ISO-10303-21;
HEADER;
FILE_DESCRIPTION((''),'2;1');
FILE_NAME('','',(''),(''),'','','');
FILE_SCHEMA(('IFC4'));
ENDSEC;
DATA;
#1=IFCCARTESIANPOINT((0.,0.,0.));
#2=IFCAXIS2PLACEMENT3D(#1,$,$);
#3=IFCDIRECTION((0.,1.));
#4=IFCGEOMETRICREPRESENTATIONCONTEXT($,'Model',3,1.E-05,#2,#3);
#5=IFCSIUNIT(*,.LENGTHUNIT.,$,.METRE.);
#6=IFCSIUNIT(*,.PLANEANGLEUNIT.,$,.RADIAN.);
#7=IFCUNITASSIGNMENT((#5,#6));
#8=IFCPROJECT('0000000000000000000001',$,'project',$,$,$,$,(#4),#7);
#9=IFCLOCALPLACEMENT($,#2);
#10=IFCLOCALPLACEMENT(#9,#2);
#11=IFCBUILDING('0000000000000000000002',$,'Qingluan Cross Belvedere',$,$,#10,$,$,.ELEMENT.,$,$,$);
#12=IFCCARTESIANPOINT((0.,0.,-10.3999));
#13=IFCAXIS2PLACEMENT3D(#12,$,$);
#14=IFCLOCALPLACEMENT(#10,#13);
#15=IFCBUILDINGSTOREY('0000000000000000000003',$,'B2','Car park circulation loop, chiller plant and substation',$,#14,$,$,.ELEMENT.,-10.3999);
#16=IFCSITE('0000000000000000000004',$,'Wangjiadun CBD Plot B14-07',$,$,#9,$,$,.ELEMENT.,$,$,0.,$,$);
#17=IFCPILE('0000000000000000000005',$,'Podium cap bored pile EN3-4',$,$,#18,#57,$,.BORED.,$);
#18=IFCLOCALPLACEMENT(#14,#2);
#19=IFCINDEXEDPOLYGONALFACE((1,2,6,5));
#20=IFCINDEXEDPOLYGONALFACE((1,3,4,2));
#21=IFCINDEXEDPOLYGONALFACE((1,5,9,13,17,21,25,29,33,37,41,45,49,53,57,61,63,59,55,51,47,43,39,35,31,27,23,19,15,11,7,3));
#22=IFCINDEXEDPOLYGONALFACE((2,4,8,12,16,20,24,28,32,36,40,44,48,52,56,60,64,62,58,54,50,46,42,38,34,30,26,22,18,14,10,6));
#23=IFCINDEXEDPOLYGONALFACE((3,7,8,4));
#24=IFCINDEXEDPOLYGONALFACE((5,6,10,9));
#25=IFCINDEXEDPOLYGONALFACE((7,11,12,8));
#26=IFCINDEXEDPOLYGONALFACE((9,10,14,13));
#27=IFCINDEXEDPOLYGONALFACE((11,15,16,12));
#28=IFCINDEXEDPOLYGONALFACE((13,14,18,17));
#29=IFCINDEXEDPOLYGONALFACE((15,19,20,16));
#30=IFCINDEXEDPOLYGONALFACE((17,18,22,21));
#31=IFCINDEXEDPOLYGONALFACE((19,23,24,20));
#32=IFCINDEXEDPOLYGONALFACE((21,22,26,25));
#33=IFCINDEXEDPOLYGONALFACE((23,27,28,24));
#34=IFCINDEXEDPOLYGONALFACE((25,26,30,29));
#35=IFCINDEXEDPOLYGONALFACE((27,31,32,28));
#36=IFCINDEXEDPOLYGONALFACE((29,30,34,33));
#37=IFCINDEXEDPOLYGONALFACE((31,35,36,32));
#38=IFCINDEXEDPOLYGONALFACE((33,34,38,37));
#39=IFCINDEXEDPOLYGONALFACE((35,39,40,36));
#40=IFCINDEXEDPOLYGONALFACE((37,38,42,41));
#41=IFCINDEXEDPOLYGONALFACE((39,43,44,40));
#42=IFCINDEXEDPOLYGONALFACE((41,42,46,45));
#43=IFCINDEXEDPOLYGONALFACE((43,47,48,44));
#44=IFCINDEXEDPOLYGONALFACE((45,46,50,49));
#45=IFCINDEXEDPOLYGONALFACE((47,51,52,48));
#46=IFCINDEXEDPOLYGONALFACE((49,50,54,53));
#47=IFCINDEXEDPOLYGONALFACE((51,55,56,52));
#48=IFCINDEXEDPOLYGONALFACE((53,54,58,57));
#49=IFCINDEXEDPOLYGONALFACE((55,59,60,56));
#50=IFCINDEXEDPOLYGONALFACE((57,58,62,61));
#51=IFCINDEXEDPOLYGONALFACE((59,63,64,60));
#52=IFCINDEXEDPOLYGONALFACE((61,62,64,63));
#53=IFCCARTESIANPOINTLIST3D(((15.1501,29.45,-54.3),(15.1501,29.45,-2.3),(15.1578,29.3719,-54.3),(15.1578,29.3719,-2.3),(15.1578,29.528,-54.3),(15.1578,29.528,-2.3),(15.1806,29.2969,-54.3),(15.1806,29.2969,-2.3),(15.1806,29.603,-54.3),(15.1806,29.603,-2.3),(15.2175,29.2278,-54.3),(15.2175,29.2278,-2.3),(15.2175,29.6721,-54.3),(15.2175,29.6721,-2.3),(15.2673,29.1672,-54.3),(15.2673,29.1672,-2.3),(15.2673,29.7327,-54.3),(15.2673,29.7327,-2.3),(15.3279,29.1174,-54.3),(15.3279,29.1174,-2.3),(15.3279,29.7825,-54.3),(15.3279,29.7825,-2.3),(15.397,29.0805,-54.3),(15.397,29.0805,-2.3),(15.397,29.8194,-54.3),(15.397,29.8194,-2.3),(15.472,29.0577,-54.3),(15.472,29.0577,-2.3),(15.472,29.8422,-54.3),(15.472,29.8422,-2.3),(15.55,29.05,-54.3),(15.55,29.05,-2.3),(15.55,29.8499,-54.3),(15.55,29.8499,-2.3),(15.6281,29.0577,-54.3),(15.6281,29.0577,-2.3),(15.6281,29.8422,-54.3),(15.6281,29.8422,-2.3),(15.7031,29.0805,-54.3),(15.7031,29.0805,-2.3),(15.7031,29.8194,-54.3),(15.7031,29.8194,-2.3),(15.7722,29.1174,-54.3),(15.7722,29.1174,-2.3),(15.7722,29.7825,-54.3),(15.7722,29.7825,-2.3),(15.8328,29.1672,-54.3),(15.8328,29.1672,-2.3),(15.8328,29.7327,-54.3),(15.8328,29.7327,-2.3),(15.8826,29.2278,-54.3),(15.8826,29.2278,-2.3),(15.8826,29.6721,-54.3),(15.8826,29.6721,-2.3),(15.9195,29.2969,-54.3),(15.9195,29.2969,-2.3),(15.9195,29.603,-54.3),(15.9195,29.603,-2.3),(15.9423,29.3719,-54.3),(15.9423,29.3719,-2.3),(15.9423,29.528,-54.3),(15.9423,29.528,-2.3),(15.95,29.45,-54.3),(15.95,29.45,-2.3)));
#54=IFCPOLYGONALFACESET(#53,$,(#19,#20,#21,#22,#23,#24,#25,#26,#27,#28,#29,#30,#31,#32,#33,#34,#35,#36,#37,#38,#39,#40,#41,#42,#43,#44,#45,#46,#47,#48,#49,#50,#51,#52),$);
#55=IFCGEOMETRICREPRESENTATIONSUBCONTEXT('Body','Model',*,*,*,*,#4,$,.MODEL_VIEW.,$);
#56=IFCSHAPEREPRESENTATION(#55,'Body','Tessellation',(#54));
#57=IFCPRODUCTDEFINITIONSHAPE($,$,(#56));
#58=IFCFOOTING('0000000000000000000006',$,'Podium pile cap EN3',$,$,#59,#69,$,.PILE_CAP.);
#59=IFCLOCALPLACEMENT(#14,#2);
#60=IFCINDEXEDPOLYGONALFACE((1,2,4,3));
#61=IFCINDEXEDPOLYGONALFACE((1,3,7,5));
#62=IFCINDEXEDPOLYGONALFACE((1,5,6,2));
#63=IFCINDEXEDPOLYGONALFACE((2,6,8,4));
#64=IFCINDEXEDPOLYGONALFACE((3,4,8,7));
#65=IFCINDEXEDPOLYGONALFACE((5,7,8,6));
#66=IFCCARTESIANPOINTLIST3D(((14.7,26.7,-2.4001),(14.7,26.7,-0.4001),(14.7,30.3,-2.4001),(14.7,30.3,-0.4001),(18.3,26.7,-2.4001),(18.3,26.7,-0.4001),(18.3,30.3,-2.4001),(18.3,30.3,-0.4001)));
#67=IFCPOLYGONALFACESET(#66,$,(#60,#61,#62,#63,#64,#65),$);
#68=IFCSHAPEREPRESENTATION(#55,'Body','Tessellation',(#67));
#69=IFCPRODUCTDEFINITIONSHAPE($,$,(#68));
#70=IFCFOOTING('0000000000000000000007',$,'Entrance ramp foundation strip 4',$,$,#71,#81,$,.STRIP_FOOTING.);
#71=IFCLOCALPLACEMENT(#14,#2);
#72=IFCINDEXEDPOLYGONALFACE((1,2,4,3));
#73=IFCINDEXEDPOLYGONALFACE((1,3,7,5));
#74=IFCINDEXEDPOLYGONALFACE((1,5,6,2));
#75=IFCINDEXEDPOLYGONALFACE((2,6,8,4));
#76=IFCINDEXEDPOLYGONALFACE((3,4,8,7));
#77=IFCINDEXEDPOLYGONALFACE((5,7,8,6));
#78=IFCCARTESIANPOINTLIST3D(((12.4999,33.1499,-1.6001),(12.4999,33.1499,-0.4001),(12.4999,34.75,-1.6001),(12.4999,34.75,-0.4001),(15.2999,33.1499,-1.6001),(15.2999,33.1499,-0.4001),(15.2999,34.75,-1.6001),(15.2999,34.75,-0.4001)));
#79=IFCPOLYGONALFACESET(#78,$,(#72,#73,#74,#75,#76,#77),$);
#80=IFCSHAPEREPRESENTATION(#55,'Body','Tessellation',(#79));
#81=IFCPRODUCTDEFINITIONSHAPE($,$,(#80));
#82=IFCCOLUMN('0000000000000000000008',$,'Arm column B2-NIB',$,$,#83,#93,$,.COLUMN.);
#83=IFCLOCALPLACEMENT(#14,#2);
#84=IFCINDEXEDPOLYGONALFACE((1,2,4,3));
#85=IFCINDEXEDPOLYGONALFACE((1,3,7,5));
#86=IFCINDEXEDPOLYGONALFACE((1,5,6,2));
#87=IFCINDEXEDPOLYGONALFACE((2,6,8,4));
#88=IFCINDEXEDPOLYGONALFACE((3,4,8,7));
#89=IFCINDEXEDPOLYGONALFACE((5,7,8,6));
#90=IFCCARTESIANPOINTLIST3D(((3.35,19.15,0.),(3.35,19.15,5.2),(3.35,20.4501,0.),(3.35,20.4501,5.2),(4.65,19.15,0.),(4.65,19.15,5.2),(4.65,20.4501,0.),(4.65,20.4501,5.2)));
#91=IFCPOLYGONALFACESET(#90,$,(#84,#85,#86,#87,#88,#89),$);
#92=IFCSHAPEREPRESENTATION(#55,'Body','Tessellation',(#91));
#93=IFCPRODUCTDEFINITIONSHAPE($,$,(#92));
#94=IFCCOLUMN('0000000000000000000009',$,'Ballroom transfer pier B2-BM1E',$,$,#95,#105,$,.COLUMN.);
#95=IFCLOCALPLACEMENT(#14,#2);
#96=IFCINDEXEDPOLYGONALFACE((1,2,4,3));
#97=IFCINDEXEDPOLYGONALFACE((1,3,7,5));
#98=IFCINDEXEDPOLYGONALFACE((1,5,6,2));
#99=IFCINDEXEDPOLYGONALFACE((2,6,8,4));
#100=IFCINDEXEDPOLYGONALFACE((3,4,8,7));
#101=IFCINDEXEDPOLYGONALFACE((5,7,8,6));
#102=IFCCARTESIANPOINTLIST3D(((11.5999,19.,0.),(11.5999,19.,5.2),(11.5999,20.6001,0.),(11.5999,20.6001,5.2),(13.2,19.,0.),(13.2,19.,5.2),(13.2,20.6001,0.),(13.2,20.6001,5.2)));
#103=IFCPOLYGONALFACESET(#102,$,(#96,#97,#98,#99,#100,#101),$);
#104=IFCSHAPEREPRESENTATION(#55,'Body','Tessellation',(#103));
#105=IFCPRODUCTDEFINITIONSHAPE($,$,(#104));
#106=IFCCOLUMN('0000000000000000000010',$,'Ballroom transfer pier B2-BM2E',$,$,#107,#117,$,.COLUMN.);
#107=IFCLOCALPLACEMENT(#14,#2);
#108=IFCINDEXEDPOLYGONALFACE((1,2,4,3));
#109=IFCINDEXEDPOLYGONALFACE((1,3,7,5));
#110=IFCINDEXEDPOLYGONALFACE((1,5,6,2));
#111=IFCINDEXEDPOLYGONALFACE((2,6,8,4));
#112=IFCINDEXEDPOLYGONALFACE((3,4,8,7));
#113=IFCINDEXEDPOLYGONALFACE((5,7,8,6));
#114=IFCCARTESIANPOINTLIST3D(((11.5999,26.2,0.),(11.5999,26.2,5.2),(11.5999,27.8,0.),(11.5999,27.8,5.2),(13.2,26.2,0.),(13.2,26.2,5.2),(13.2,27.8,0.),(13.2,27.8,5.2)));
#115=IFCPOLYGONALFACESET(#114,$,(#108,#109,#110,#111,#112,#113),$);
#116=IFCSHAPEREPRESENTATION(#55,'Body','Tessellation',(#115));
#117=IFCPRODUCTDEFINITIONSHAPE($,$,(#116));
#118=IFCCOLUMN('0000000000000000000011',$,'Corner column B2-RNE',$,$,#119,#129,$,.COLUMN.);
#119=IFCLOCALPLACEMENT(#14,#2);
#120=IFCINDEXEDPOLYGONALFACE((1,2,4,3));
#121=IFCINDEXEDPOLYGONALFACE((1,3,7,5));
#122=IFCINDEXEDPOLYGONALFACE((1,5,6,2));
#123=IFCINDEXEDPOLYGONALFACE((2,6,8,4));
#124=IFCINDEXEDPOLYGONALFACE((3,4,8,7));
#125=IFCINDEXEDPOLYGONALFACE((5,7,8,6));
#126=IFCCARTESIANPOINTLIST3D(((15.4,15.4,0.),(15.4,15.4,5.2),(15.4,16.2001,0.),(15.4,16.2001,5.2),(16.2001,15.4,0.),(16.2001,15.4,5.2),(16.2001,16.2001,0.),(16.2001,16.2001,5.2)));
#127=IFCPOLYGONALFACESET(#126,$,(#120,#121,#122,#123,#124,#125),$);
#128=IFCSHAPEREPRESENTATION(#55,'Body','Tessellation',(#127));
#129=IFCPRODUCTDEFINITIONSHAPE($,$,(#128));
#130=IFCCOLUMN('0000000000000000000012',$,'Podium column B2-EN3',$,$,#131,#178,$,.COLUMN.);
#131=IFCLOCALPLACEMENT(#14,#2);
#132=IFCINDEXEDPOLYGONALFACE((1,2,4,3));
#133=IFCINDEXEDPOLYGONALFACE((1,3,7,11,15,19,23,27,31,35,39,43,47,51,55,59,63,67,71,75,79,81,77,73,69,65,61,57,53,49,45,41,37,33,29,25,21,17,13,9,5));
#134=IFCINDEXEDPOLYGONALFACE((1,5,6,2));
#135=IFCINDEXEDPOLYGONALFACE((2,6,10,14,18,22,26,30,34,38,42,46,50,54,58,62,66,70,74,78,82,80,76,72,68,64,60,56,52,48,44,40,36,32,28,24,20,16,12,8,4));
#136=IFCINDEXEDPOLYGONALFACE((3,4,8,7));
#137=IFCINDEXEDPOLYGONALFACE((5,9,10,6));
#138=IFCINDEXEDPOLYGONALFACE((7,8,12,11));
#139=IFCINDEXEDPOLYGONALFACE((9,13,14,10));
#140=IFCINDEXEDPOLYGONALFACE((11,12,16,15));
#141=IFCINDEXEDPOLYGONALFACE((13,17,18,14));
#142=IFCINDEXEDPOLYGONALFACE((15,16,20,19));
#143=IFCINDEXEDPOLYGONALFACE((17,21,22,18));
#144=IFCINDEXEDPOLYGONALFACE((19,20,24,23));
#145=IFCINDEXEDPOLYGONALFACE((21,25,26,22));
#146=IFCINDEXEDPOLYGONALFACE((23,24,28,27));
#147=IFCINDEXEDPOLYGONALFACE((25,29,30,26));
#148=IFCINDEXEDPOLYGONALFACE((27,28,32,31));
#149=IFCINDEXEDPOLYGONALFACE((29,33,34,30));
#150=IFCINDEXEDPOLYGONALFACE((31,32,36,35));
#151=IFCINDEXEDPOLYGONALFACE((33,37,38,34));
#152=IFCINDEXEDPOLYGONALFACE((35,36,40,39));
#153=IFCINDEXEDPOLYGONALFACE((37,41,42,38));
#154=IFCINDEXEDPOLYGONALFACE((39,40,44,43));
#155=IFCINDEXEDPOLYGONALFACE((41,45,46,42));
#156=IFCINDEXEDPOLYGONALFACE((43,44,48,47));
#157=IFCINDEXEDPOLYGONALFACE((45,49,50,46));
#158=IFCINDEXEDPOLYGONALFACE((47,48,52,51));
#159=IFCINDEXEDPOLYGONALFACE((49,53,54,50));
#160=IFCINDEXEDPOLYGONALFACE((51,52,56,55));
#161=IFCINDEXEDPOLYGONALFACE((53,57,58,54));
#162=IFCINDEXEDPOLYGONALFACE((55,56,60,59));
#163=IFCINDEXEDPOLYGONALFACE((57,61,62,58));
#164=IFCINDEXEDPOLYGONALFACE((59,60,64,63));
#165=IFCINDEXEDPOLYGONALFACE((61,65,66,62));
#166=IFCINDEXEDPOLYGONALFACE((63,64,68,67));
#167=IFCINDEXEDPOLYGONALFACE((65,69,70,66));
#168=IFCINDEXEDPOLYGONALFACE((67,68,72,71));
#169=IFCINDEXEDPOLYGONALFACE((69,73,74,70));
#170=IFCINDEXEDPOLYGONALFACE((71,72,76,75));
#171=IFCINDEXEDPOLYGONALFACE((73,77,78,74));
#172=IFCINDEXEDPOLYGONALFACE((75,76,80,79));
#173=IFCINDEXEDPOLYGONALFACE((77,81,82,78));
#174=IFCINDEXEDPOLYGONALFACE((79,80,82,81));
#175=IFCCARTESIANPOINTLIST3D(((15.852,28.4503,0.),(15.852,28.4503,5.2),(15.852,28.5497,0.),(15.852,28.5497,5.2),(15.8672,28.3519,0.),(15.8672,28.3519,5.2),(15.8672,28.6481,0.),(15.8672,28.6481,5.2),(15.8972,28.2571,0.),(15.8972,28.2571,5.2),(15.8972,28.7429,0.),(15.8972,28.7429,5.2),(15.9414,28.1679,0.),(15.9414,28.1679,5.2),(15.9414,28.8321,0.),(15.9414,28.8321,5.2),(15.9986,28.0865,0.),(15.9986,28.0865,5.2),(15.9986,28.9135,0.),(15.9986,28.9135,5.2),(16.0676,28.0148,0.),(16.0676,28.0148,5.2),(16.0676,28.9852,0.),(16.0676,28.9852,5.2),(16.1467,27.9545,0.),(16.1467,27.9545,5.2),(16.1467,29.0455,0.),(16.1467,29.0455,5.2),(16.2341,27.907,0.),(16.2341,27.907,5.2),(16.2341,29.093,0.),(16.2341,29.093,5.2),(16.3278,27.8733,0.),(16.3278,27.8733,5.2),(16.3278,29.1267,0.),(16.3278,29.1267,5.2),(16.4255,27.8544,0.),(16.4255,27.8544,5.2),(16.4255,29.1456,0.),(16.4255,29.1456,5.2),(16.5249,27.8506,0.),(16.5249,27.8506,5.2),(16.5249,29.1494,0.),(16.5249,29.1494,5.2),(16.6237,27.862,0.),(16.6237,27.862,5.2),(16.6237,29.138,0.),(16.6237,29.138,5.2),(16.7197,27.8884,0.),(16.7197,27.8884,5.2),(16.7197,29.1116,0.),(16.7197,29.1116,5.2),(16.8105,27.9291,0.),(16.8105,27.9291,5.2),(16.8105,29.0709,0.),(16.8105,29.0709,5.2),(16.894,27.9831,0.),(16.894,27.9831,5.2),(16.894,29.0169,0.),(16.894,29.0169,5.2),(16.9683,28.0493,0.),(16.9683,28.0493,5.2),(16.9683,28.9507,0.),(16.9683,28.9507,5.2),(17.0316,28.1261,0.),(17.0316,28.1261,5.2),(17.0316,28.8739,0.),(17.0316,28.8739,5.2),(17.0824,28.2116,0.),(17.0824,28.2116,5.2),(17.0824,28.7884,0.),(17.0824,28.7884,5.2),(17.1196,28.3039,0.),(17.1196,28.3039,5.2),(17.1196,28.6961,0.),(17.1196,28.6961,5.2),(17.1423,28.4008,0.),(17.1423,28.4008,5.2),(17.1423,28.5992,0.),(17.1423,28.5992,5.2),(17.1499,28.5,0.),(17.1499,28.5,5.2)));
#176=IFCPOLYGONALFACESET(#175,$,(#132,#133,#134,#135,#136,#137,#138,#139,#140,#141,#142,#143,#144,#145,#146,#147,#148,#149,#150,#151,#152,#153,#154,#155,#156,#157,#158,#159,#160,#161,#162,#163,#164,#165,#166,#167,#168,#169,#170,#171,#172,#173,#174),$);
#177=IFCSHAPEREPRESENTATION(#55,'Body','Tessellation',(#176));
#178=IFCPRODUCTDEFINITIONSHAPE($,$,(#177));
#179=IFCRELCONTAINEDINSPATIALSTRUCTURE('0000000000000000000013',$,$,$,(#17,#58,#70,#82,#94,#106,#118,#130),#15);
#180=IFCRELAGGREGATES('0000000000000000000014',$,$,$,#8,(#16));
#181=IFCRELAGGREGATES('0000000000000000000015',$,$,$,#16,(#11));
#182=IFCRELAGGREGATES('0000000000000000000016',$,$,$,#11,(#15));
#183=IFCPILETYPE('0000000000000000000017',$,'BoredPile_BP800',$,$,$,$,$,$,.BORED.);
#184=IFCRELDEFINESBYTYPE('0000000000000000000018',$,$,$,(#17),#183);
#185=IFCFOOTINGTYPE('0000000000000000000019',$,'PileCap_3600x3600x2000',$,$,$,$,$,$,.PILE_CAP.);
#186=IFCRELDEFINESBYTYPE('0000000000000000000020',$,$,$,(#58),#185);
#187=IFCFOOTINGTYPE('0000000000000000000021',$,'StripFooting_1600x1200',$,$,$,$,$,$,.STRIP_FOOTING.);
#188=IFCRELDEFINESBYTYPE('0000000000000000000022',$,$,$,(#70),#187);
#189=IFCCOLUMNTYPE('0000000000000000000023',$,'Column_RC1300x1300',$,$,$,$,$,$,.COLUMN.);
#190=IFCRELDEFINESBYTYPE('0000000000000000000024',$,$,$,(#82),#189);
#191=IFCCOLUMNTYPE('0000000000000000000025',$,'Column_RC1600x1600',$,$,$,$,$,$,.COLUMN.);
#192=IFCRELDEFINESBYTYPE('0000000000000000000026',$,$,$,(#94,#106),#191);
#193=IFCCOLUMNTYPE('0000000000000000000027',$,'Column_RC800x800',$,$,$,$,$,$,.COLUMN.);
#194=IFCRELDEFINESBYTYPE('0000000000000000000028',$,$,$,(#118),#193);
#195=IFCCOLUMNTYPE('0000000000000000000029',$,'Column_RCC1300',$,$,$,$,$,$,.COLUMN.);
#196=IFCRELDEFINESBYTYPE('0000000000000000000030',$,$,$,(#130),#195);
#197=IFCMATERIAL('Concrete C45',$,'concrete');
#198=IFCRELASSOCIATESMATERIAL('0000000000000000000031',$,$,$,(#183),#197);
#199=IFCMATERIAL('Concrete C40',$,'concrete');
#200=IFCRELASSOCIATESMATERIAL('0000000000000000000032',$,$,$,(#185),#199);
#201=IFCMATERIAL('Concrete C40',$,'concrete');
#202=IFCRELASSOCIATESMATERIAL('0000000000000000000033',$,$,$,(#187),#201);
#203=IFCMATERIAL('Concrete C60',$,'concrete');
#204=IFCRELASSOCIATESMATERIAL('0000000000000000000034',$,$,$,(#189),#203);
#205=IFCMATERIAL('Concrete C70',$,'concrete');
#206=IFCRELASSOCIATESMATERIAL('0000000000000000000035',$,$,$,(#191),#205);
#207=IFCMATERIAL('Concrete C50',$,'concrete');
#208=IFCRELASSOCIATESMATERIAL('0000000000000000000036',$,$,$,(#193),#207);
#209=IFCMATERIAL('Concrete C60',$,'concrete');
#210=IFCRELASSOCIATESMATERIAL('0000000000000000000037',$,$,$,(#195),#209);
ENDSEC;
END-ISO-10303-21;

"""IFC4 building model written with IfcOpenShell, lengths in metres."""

from ifc_helpers import new_model, si_unit, direction, frame, origin, origin_2d, place, context, subcontext, project, spatial, rectangle, circle, extrude, material, material_profile, profile_set, type_object, element, save


model = new_model("IFC4")

# Units and contexts
model_context = context("Model", 3, precision=1e-05, world=origin(), true_north=direction((0.0, 1.0)))
body_context = subcontext(model_context, "Body", "Model", "MODEL_VIEW")
ifc_project = project(units=[si_unit("LENGTHUNIT", "METRE"), si_unit("PLANEANGLEUNIT", "RADIAN")], contexts=[model_context])

# Site, building, storey
site_placement = place(None, origin())
site = spatial("IfcSite", under=ifc_project, at=site_placement, Name="Wangjiadun CBD Plot B14-07", CompositionType="ELEMENT", RefElevation=0.0)
building_placement = place(site_placement, origin())
building = spatial("IfcBuilding", under=site, at=building_placement, Name="Qingluan Cross Belvedere", CompositionType="ELEMENT")
storey_placement = place(building_placement, frame((0.0, 0.0, -10.3999)))
storey = spatial("IfcBuildingStorey", under=building, at=storey_placement, Name="B2", Description="Car park circulation loop, chiller plant and substation", CompositionType="ELEMENT", Elevation=-10.3999)

# Pile
ifc_material_1 = material(Name="Concrete C45", Category="concrete")
ifc_material_profile_1 = material_profile(ifc_material_1, circle(Radius=0.3999, at=origin_2d()), Name="BP800")
ifc_profile_set_1 = profile_set([ifc_material_profile_1], Name="Concrete C45")
pile_type_1 = type_object("IfcPileType", Name="BoredPile_BP800", PredefinedType="BORED", material=ifc_profile_set_1)
for number, where, z_axis, x_axis, name in (
    (1, (15.55, 29.45, -2.3), (0.0, 0.0, -1.0), (1.0, 0.0, 0.0), "Podium cap bored pile EN3-4"),
):
    element("IfcPile", number, at=place(storey_placement, frame(where, z_axis=z_axis, x_axis=x_axis)), inside=storey, type_object=pile_type_1, Name=name, PredefinedType="BORED", context=body_context, shape_type="SweptSolid", body=[
        extrude(circle(Radius=0.3999, at=origin_2d()), origin(), (0.0, 0.0, 1.0), 52.0),
    ])

# Footings
ifc_material_2 = material(Name="Concrete C40", Category="concrete")
footing_type_1 = type_object("IfcFootingType", Name="PileCap_3600x3600x2000", PredefinedType="PILE_CAP", material=ifc_material_2)
footing_1_placement = place(storey_placement, frame((16.5, 28.5, -2.4001), z_axis=(0.0, 0.0, 1.0), x_axis=(1.0, 0.0, 0.0)))
element("IfcFooting", 2, at=footing_1_placement, inside=storey, type_object=footing_type_1, Name="Podium pile cap EN3", PredefinedType="PILE_CAP", context=body_context, shape_type="SweptSolid", body=[
    extrude(rectangle(XDim=3.6001, YDim=3.6001, at=origin_2d()), origin(), (0.0, 0.0, 1.0), 2.0),
])
ifc_material_3 = material(Name="Concrete C40", Category="concrete")
footing_type_2 = type_object("IfcFootingType", Name="StripFooting_1600x1200", PredefinedType="STRIP_FOOTING", material=ifc_material_3)
footing_2_placement = place(storey_placement, frame((13.8999, 33.95, -1.6001), z_axis=(0.0, 0.0, 1.0), x_axis=(1.0, 0.0, 0.0)))
element("IfcFooting", 3, at=footing_2_placement, inside=storey, type_object=footing_type_2, Name="Entrance ramp foundation strip 4", PredefinedType="STRIP_FOOTING", context=body_context, shape_type="SweptSolid", body=[
    extrude(rectangle(XDim=2.8, YDim=1.6001, at=origin_2d()), origin(), (0.0, 0.0, 1.0), 1.2),
])

# Columns
ifc_material_4 = material(Name="Concrete C60", Category="concrete")
ifc_material_profile_2 = material_profile(ifc_material_4, rectangle(XDim=1.3, YDim=1.3, at=origin_2d()), Name="RC1300x1300")
ifc_profile_set_2 = profile_set([ifc_material_profile_2], Name="Concrete C60")
column_type_1 = type_object("IfcColumnType", Name="Column_RC1300x1300", PredefinedType="COLUMN", material=ifc_profile_set_2)
column_1_placement = place(storey_placement, frame((4.0, 19.8, 0.0), z_axis=(0.0, 0.0, 1.0), x_axis=(1.0, 0.0, 0.0)))
element("IfcColumn", 4, at=column_1_placement, inside=storey, type_object=column_type_1, Name="Arm column B2-NIB", PredefinedType="COLUMN", context=body_context, shape_type="SweptSolid", body=[
    extrude(rectangle(XDim=1.3, YDim=1.3, at=origin_2d()), origin(), (0.0, 0.0, 1.0), 5.2),
])
ifc_material_5 = material(Name="Concrete C70", Category="concrete")
ifc_material_profile_3 = material_profile(ifc_material_5, rectangle(XDim=1.6001, YDim=1.6001, at=origin_2d()), Name="RC1600x1600")
ifc_profile_set_3 = profile_set([ifc_material_profile_3], Name="Concrete C70")
column_type_2 = type_object("IfcColumnType", Name="Column_RC1600x1600", PredefinedType="COLUMN", material=ifc_profile_set_3)
for number, where, z_axis, x_axis, name in (
    (5, (12.3999, 19.8, 0.0), (0.0, 0.0, 1.0), (1.0, 0.0, 0.0), "Ballroom transfer pier B2-BM1E"),
    (6, (12.3999, 27.0, 0.0), (0.0, 0.0, 1.0), (1.0, 0.0, 0.0), "Ballroom transfer pier B2-BM2E"),
):
    element("IfcColumn", number, at=place(storey_placement, frame(where, z_axis=z_axis, x_axis=x_axis)), inside=storey, type_object=column_type_2, Name=name, PredefinedType="COLUMN", context=body_context, shape_type="SweptSolid", body=[
        extrude(rectangle(XDim=1.6001, YDim=1.6001, at=origin_2d()), origin(), (0.0, 0.0, 1.0), 5.2),
    ])
ifc_material_6 = material(Name="Concrete C50", Category="concrete")
ifc_material_profile_4 = material_profile(ifc_material_6, rectangle(XDim=0.8, YDim=0.8, at=origin_2d()), Name="RC800x800")
ifc_profile_set_4 = profile_set([ifc_material_profile_4], Name="Concrete C50")
column_type_3 = type_object("IfcColumnType", Name="Column_RC800x800", PredefinedType="COLUMN", material=ifc_profile_set_4)
column_2_placement = place(storey_placement, frame((15.8, 15.8, 0.0), z_axis=(0.0, 0.0, 1.0), x_axis=(1.0, 0.0, 0.0)))
element("IfcColumn", 7, at=column_2_placement, inside=storey, type_object=column_type_3, Name="Corner column B2-RNE", PredefinedType="COLUMN", context=body_context, shape_type="SweptSolid", body=[
    extrude(rectangle(XDim=0.8, YDim=0.8, at=origin_2d()), origin(), (0.0, 0.0, 1.0), 5.2),
])
ifc_material_7 = material(Name="Concrete C60", Category="concrete")
ifc_material_profile_5 = material_profile(ifc_material_7, circle(Radius=0.6499, at=origin_2d()), Name="RCC1300")
ifc_profile_set_5 = profile_set([ifc_material_profile_5], Name="Concrete C60")
column_type_4 = type_object("IfcColumnType", Name="Column_RCC1300", PredefinedType="COLUMN", material=ifc_profile_set_5)
column_3_placement = place(storey_placement, frame((16.5, 28.5, 0.0), z_axis=(0.0, 0.0, 1.0), x_axis=(1.0, 0.0, 0.0)))
element("IfcColumn", 8, at=column_3_placement, inside=storey, type_object=column_type_4, Name="Podium column B2-EN3", PredefinedType="COLUMN", context=body_context, shape_type="SweptSolid", body=[
    extrude(circle(Radius=0.6499, at=origin_2d()), origin(), (0.0, 0.0, 1.0), 5.2),
])

save(model, "model.ifc")
